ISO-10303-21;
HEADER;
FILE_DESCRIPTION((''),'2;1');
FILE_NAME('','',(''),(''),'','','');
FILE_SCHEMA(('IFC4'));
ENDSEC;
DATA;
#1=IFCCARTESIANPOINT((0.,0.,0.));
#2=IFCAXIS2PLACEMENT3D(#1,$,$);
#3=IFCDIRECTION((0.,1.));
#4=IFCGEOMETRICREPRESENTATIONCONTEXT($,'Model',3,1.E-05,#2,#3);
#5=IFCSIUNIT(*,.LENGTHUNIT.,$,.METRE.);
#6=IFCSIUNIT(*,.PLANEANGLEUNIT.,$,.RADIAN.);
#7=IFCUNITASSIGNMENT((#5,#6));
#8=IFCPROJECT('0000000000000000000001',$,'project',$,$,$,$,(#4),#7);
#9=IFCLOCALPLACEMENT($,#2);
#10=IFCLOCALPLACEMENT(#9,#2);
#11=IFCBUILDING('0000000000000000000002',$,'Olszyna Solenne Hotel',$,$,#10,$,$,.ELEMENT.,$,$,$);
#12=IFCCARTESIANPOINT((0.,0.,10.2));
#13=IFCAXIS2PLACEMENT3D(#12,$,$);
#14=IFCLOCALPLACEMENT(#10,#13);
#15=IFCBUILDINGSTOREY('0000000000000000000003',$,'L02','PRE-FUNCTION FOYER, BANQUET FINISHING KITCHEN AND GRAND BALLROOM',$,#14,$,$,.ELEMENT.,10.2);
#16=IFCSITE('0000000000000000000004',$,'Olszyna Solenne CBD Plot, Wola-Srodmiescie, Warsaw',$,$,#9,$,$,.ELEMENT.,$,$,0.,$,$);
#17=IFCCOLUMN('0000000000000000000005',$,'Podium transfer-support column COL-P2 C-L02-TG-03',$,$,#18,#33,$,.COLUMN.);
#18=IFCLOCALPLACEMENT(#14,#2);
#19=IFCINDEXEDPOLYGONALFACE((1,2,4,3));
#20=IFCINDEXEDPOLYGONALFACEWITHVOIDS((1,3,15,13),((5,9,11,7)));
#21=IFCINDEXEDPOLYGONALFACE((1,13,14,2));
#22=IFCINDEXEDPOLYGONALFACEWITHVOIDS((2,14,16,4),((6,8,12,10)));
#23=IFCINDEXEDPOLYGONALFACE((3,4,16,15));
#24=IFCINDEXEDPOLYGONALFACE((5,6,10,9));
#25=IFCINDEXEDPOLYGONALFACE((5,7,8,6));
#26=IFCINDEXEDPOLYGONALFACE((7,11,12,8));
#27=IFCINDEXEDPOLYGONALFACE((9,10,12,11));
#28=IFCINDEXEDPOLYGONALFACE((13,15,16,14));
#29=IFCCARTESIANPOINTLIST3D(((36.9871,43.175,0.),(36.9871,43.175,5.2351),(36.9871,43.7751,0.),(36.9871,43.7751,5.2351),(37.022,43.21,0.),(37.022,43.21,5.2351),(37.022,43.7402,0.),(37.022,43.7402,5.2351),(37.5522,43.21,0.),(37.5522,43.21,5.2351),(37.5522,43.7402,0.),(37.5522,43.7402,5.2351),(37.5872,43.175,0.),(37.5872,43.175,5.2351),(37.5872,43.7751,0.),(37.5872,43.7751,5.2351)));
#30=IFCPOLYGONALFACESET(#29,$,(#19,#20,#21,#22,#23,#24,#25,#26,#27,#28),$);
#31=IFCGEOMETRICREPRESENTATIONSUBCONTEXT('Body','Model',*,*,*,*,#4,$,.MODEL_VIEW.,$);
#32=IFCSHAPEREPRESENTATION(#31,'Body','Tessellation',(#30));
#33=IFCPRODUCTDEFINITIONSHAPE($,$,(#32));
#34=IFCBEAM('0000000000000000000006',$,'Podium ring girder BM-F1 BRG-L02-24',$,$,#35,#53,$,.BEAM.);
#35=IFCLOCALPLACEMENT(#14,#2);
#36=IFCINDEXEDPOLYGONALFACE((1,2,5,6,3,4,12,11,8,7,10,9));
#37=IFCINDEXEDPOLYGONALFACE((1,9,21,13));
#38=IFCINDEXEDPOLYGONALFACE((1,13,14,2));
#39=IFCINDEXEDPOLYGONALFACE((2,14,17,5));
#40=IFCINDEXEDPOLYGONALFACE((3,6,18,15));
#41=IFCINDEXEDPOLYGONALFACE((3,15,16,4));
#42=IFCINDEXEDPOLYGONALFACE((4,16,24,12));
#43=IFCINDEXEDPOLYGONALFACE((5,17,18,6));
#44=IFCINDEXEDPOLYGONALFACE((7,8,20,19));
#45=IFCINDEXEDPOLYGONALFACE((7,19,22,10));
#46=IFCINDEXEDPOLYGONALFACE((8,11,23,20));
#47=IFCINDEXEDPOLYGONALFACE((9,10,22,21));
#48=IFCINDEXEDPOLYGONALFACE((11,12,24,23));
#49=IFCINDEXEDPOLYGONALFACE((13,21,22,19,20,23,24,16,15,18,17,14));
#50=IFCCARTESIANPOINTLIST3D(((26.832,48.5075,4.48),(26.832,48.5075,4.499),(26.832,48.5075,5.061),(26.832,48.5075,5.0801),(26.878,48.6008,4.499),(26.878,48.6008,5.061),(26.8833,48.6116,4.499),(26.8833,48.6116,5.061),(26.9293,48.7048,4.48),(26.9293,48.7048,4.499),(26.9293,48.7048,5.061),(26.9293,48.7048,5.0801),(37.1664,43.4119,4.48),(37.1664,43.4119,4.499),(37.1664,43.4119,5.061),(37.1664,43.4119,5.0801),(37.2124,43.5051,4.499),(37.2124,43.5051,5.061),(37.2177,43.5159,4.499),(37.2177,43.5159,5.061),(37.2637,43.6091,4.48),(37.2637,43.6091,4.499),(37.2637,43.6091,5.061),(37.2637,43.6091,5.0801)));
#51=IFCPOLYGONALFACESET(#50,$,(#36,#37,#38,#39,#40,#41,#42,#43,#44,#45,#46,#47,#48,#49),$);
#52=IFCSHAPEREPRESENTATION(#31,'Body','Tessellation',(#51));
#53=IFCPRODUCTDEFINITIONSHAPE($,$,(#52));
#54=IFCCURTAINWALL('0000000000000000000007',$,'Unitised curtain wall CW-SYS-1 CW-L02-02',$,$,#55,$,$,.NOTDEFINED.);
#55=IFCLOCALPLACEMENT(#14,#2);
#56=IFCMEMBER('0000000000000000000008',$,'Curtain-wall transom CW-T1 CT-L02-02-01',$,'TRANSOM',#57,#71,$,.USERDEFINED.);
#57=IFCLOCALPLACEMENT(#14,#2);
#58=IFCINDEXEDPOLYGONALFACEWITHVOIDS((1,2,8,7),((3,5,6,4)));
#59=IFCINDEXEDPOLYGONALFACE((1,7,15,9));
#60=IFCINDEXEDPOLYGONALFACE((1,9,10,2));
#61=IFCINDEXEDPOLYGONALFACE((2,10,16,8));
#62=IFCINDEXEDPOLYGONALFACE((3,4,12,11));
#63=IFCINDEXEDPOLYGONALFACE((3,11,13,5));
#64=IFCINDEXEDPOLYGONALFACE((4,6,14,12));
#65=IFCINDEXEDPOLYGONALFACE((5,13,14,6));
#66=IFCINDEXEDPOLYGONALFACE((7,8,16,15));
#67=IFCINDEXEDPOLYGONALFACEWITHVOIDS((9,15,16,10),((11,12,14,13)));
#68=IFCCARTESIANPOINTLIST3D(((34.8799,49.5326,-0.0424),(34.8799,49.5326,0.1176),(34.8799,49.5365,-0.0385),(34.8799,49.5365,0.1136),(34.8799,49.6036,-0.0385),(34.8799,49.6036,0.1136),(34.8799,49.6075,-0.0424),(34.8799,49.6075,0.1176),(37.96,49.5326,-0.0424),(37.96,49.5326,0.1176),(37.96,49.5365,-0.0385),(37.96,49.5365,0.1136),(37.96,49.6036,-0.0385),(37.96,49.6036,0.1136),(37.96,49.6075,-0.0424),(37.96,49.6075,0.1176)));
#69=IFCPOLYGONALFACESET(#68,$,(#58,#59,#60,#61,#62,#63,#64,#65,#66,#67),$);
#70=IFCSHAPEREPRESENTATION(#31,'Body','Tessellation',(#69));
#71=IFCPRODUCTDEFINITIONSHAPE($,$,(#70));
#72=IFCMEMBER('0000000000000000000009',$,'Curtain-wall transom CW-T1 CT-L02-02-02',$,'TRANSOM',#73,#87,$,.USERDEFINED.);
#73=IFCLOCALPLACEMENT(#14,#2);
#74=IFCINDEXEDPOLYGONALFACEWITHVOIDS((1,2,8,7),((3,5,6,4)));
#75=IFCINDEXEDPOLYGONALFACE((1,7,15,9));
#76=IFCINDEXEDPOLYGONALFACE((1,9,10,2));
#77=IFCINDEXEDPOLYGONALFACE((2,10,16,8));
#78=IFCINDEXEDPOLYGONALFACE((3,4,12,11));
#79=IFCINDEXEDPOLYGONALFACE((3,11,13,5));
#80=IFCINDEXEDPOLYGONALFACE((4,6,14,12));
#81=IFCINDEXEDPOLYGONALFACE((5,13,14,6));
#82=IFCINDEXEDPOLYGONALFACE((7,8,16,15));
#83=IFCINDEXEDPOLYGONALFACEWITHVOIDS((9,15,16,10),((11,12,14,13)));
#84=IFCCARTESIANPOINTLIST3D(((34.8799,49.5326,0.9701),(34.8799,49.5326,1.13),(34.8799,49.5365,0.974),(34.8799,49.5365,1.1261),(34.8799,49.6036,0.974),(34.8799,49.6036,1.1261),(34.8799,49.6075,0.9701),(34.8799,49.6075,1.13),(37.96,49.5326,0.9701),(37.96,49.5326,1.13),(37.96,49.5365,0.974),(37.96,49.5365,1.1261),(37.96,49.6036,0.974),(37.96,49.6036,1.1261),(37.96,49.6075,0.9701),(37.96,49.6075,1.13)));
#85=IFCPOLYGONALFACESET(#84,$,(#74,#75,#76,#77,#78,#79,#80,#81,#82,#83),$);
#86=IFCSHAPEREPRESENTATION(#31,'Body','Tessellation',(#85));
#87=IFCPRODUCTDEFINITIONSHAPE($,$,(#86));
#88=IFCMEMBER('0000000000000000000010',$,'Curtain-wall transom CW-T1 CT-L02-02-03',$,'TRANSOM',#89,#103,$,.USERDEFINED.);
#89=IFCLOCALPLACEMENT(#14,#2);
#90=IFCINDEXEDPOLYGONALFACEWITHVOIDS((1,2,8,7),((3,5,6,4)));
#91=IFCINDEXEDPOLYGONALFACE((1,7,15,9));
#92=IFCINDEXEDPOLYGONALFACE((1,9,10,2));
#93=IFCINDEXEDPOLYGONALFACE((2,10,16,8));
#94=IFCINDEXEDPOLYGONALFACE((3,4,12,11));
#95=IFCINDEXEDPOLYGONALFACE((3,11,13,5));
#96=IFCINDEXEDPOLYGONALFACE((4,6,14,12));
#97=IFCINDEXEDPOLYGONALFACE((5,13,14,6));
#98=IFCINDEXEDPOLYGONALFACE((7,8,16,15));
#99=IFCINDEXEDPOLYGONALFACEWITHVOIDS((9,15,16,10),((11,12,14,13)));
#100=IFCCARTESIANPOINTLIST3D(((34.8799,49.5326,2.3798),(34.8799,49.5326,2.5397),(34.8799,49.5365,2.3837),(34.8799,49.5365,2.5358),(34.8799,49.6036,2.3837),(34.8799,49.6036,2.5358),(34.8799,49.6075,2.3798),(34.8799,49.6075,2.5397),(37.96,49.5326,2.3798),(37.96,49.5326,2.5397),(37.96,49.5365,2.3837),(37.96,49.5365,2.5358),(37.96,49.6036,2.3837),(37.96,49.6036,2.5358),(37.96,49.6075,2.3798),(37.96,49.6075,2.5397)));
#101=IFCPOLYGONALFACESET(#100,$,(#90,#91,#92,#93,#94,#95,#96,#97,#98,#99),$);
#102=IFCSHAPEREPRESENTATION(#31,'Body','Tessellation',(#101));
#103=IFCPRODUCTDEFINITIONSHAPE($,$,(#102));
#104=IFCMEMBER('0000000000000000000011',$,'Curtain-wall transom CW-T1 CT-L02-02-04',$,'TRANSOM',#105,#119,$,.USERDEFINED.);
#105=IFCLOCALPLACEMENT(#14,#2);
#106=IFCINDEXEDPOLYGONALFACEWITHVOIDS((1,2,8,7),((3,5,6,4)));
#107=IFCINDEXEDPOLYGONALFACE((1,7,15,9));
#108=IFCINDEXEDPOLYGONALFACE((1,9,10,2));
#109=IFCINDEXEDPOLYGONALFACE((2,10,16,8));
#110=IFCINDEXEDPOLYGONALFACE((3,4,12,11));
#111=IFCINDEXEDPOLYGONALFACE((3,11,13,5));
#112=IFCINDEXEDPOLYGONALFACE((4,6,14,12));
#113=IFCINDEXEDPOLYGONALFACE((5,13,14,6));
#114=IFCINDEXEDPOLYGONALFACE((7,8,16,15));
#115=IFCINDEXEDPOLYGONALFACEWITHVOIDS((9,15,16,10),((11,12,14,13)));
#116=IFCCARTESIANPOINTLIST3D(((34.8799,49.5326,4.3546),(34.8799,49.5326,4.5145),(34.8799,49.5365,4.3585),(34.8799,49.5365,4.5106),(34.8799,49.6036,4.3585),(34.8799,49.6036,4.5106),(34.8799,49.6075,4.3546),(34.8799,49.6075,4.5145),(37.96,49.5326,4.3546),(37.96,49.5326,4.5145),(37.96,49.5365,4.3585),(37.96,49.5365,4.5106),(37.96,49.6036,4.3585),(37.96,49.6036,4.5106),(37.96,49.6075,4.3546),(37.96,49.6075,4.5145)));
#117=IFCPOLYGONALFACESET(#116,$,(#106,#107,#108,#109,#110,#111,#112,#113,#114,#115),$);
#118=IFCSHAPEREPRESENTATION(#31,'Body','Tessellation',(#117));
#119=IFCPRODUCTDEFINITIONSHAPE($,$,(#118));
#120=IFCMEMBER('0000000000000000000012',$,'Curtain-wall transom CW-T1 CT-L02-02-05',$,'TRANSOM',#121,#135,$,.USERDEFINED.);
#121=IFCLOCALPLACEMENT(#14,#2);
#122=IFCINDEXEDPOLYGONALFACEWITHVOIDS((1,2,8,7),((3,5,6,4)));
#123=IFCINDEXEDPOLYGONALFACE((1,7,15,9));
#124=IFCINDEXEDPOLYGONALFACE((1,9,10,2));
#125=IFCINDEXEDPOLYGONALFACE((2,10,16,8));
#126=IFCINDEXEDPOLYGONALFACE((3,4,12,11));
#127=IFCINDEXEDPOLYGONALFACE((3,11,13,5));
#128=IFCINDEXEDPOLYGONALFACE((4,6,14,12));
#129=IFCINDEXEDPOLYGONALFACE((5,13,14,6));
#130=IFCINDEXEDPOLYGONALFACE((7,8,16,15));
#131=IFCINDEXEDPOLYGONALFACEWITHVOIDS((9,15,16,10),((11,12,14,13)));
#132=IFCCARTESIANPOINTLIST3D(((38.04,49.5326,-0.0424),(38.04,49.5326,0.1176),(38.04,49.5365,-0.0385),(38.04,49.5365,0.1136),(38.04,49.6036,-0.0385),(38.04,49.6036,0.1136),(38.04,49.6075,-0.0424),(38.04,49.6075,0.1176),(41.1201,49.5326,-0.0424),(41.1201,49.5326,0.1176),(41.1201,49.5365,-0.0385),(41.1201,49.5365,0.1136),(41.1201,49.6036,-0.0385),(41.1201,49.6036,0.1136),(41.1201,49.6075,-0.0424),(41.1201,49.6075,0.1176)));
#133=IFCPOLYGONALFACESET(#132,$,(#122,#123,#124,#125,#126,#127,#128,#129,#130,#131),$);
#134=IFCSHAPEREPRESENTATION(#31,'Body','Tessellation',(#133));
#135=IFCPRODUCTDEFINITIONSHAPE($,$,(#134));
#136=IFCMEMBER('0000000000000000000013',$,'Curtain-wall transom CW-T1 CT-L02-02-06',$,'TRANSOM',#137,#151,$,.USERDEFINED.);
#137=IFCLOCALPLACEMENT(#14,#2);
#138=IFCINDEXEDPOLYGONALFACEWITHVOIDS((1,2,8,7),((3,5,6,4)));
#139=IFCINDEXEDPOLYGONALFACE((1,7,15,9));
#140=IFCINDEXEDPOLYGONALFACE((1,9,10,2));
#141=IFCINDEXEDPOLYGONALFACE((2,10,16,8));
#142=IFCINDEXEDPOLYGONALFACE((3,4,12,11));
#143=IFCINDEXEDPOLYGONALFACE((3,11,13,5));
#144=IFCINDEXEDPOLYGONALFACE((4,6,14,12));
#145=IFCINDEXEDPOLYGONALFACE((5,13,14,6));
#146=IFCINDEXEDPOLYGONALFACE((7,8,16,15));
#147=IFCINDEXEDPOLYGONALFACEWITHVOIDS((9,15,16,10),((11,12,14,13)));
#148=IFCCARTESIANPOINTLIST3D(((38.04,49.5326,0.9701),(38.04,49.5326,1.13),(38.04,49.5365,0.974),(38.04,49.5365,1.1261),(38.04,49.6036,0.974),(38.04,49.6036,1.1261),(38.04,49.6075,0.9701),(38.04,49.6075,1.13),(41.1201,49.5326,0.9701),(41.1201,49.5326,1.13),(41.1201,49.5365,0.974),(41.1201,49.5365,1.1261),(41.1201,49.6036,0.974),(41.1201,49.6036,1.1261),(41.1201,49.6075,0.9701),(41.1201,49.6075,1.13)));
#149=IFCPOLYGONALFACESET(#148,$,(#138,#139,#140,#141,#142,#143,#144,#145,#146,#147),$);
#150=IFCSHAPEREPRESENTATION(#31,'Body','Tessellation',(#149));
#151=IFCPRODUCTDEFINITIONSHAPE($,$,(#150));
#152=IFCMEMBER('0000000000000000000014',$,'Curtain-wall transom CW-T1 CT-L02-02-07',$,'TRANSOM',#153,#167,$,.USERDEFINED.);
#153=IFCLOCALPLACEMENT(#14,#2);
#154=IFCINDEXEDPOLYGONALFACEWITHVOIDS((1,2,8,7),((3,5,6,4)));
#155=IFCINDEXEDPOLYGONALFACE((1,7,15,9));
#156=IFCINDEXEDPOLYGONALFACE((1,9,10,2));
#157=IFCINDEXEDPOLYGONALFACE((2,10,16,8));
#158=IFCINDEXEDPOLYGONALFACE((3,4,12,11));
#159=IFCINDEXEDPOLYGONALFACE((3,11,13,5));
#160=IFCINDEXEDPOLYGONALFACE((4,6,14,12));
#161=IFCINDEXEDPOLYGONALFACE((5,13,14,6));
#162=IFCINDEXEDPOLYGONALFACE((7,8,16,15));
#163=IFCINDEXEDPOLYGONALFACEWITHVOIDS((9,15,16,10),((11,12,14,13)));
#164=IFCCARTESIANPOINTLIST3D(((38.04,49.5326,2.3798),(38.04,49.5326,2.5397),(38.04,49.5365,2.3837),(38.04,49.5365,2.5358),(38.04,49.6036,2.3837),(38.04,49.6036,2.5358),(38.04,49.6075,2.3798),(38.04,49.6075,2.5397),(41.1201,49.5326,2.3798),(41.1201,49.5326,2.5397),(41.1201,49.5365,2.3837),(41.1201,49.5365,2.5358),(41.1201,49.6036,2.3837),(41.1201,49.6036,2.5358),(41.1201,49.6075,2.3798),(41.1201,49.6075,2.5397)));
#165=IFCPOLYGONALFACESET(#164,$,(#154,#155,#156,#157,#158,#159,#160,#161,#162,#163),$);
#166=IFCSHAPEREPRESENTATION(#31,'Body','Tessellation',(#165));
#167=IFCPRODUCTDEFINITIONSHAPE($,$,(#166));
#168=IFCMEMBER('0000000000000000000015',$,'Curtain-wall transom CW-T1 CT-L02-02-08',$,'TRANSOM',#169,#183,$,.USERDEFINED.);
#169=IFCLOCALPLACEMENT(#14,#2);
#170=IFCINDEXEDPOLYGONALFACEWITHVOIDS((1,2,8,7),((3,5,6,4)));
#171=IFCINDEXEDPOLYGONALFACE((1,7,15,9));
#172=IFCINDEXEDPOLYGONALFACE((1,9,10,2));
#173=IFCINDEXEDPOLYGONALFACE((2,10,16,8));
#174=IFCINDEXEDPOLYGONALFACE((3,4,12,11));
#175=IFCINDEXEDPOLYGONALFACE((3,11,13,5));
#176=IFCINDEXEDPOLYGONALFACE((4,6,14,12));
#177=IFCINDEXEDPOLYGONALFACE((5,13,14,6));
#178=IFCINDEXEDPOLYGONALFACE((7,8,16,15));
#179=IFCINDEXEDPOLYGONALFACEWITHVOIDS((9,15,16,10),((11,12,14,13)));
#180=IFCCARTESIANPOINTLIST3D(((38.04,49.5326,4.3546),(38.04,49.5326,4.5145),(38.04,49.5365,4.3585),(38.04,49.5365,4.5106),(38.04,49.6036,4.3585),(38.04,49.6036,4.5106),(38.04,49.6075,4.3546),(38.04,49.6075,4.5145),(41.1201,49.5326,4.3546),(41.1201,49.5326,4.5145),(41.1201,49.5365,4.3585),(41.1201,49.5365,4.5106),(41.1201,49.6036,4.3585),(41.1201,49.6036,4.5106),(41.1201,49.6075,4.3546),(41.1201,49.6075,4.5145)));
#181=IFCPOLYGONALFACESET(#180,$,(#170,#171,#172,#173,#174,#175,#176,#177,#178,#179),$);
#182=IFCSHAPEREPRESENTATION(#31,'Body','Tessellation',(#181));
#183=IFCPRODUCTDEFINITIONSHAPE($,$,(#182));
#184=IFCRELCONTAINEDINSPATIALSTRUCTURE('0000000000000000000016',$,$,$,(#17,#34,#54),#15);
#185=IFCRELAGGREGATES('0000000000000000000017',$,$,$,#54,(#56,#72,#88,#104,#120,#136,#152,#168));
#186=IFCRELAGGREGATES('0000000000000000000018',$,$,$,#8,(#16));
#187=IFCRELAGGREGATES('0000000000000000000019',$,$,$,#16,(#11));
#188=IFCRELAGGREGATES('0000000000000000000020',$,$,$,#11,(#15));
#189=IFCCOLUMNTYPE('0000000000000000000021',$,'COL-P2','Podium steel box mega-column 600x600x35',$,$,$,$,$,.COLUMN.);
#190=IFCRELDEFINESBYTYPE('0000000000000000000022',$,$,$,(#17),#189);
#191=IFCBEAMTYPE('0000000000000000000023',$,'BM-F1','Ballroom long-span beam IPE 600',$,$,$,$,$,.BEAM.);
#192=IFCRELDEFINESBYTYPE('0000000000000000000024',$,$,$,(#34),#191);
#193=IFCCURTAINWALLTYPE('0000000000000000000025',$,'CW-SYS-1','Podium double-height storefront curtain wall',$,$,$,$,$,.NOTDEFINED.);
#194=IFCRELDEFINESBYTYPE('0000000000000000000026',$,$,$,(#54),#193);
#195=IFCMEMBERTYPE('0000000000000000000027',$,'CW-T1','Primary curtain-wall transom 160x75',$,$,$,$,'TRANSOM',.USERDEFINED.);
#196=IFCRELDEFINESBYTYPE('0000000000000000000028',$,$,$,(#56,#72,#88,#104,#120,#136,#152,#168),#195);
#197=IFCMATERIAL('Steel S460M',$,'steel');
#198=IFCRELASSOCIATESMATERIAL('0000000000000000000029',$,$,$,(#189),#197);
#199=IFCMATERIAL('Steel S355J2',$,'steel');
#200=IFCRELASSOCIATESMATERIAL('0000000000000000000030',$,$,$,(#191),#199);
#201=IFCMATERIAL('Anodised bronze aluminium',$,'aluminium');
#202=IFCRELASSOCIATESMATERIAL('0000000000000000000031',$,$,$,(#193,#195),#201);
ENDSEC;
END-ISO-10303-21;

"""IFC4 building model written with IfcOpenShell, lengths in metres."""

from ifc_helpers import new_model, si_unit, direction, frame, origin, origin_2d, place, context, subcontext, project, spatial, hollow_rectangle, i_section, extrude, source, transform, mapped, material, material_profile, profile_set, type_object, element, aggregate, save


model = new_model("IFC4")

# Units and contexts
model_context = context("Model", 3, precision=1e-05, world=origin(), true_north=direction((0.0, 1.0)))
body_context = subcontext(model_context, "Body", "Model", "MODEL_VIEW")
ifc_project = project(units=[si_unit("LENGTHUNIT", "METRE"), si_unit("PLANEANGLEUNIT", "RADIAN")], contexts=[model_context])

# Site, building, storey
site_placement = place(None, origin())
site = spatial("IfcSite", under=ifc_project, at=site_placement, Name="Olszyna Solenne CBD Plot, Wola-Srodmiescie, Warsaw", CompositionType="ELEMENT", RefElevation=0.0)
building_placement = place(site_placement, origin())
building = spatial("IfcBuilding", under=site, at=building_placement, Name="Olszyna Solenne Hotel", CompositionType="ELEMENT")
storey_placement = place(building_placement, frame((0.0, 0.0, 10.2)))
storey = spatial("IfcBuildingStorey", under=building, at=storey_placement, Name="L02", Description="PRE-FUNCTION FOYER, BANQUET FINISHING KITCHEN AND GRAND BALLROOM", CompositionType="ELEMENT", Elevation=10.2)

# Column
ifc_material_1 = material(Name="Steel S460M", Category="steel")
ifc_material_profile_1 = material_profile(ifc_material_1, hollow_rectangle(XDim=0.6001, YDim=0.6001, WallThickness=0.0349, at=origin_2d()), Name="SHS 600x600x35", Category="load-bearing")
ifc_profile_set_1 = profile_set([ifc_material_profile_1], Name="Steel S460M")
column_type = type_object("IfcColumnType", Name="COL-P2", Description="Podium steel box mega-column 600x600x35", PredefinedType="COLUMN", material=ifc_profile_set_1)
shared_shape_1 = source(origin(), body_context, "Body", "SweptSolid", [
    extrude(hollow_rectangle(XDim=0.6001, YDim=0.6001, WallThickness=0.0349, at=origin_2d()), origin(), (0.0, 0.0, 1.0), 5.2351),
])
column_placement = place(storey_placement, frame((37.2871, 43.4751, 0.0), z_axis=(0.0, 0.0, 1.0), x_axis=(1.0, 0.0, 0.0)))
element("IfcColumn", 1, at=column_placement, inside=storey, type_object=column_type, Name="Podium transfer-support column COL-P2 C-L02-TG-03", PredefinedType="COLUMN", context=body_context, shape_type="MappedRepresentation", body=[
    mapped(shared_shape_1, transform((0.0, 0.0, 0.0), x_axis=(1.0, 0.0, 0.0), y_axis=(0.0, 1.0, 0.0), z_axis=(0.0, 0.0, 1.0), scale=1.0)),
])

# Beam
ifc_material_2 = material(Name="Steel S355J2", Category="steel")
ifc_material_profile_2 = material_profile(ifc_material_2, i_section(OverallWidth=0.22, OverallDepth=0.6001, WebThickness=0.012, FlangeThickness=0.019, at=origin_2d()), Name="IPE 600", Category="load-bearing")
ifc_profile_set_2 = profile_set([ifc_material_profile_2], Name="Steel S355J2")
beam_type_1 = type_object("IfcBeamType", Name="BM-F1", Description="Ballroom long-span beam IPE 600", PredefinedType="BEAM", material=ifc_profile_set_2)
shared_shape_2 = source(origin(), body_context, "Body", "SweptSolid", [
    extrude(i_section(OverallWidth=0.22, OverallDepth=0.6001, WebThickness=0.012, FlangeThickness=0.019, at=origin_2d()), origin(), (0.0, 0.0, 1.0), 11.5225),
])
beam_placement = place(storey_placement, frame((37.2151, 43.5105, 4.78), z_axis=(-0.896897, 0.44224, 0.0), x_axis=(-0.44224, -0.896897, 0.0)))
element("IfcBeam", 2, at=beam_placement, inside=storey, type_object=beam_type_1, Name="Podium ring girder BM-F1 BRG-L02-24", PredefinedType="BEAM", context=body_context, shape_type="MappedRepresentation", body=[
    mapped(shared_shape_2, transform((0.0, 0.0, 0.0), x_axis=(1.0, 0.0, 0.0), y_axis=(0.0, 1.0, 0.0), z_axis=(0.0, 0.0, 1.0), scale=1.0)),
])

# Curtain wall, members
ifc_material_3 = material(Name="Anodised bronze aluminium", Category="aluminium")
curtain_wall_type = type_object("IfcCurtainWallType", Name="CW-SYS-1", Description="Podium double-height storefront curtain wall", PredefinedType="NOTDEFINED", material=ifc_material_3)
curtain_wall_placement = place(storey_placement, origin())
curtain_wall = element("IfcCurtainWall", 3, at=curtain_wall_placement, inside=storey, type_object=curtain_wall_type, Name="Unitised curtain wall CW-SYS-1 CW-L02-02", PredefinedType="NOTDEFINED")
ifc_material_profile_3 = material_profile(ifc_material_3, hollow_rectangle(XDim=0.075, YDim=0.1599, WallThickness=0.0039, at=origin_2d()), Name="TRAN 160x75x4", Category="load-bearing")
ifc_profile_set_3 = profile_set([ifc_material_profile_3], Name="Anodised bronze aluminium")
member_type_1 = type_object("IfcMemberType", Name="CW-T1", Description="Primary curtain-wall transom 160x75", ElementType="TRANSOM", PredefinedType="USERDEFINED", material=ifc_profile_set_3)
shared_shape_3 = source(origin(), body_context, "Body", "SweptSolid", [
    extrude(hollow_rectangle(XDim=0.075, YDim=0.1599, WallThickness=0.0039, at=origin_2d()), origin(), (0.0, 0.0, 1.0), 3.0801),
])
member_1_placement = place(storey_placement, frame((34.8799, 49.5701, 0.0376), z_axis=(1.0, 0.0, 0.0), x_axis=(0.0, 1.0, 0.0)))
member_1 = element("IfcMember", 4, at=member_1_placement, type_object=member_type_1, Name="Curtain-wall transom CW-T1 CT-L02-02-01", ObjectType="TRANSOM", PredefinedType="USERDEFINED", context=body_context, shape_type="MappedRepresentation", body=[
    mapped(shared_shape_3, transform((0.0, 0.0, 0.0), x_axis=(1.0, 0.0, 0.0), y_axis=(0.0, 1.0, 0.0), z_axis=(0.0, 0.0, 1.0), scale=1.0)),
])
member_2_placement = place(storey_placement, frame((34.8799, 49.5701, 1.05), z_axis=(1.0, 0.0, 0.0), x_axis=(0.0, 1.0, 0.0)))
member_2 = element("IfcMember", 5, at=member_2_placement, type_object=member_type_1, Name="Curtain-wall transom CW-T1 CT-L02-02-02", ObjectType="TRANSOM", PredefinedType="USERDEFINED", context=body_context, shape_type="MappedRepresentation", body=[
    mapped(shared_shape_3, transform((0.0, 0.0, 0.0), x_axis=(1.0, 0.0, 0.0), y_axis=(0.0, 1.0, 0.0), z_axis=(0.0, 0.0, 1.0), scale=1.0)),
])
member_3_placement = place(storey_placement, frame((34.8799, 49.5701, 2.4597), z_axis=(1.0, 0.0, 0.0), x_axis=(0.0, 1.0, 0.0)))
member_3 = element("IfcMember", 6, at=member_3_placement, type_object=member_type_1, Name="Curtain-wall transom CW-T1 CT-L02-02-03", ObjectType="TRANSOM", PredefinedType="USERDEFINED", context=body_context, shape_type="MappedRepresentation", body=[
    mapped(shared_shape_3, transform((0.0, 0.0, 0.0), x_axis=(1.0, 0.0, 0.0), y_axis=(0.0, 1.0, 0.0), z_axis=(0.0, 0.0, 1.0), scale=1.0)),
])
member_4_placement = place(storey_placement, frame((34.8799, 49.5701, 4.4346), z_axis=(1.0, 0.0, 0.0), x_axis=(0.0, 1.0, 0.0)))
member_4 = element("IfcMember", 7, at=member_4_placement, type_object=member_type_1, Name="Curtain-wall transom CW-T1 CT-L02-02-04", ObjectType="TRANSOM", PredefinedType="USERDEFINED", context=body_context, shape_type="MappedRepresentation", body=[
    mapped(shared_shape_3, transform((0.0, 0.0, 0.0), x_axis=(1.0, 0.0, 0.0), y_axis=(0.0, 1.0, 0.0), z_axis=(0.0, 0.0, 1.0), scale=1.0)),
])
member_5_placement = place(storey_placement, frame((38.04, 49.5701, 0.0376), z_axis=(1.0, 0.0, 0.0), x_axis=(0.0, 1.0, 0.0)))
member_5 = element("IfcMember", 8, at=member_5_placement, type_object=member_type_1, Name="Curtain-wall transom CW-T1 CT-L02-02-05", ObjectType="TRANSOM", PredefinedType="USERDEFINED", context=body_context, shape_type="MappedRepresentation", body=[
    mapped(shared_shape_3, transform((0.0, 0.0, 0.0), x_axis=(1.0, 0.0, 0.0), y_axis=(0.0, 1.0, 0.0), z_axis=(0.0, 0.0, 1.0), scale=1.0)),
])
member_6_placement = place(storey_placement, frame((38.04, 49.5701, 1.05), z_axis=(1.0, 0.0, 0.0), x_axis=(0.0, 1.0, 0.0)))
member_6 = element("IfcMember", 9, at=member_6_placement, type_object=member_type_1, Name="Curtain-wall transom CW-T1 CT-L02-02-06", ObjectType="TRANSOM", PredefinedType="USERDEFINED", context=body_context, shape_type="MappedRepresentation", body=[
    mapped(shared_shape_3, transform((0.0, 0.0, 0.0), x_axis=(1.0, 0.0, 0.0), y_axis=(0.0, 1.0, 0.0), z_axis=(0.0, 0.0, 1.0), scale=1.0)),
])
member_7_placement = place(storey_placement, frame((38.04, 49.5701, 2.4597), z_axis=(1.0, 0.0, 0.0), x_axis=(0.0, 1.0, 0.0)))
member_7 = element("IfcMember", 10, at=member_7_placement, type_object=member_type_1, Name="Curtain-wall transom CW-T1 CT-L02-02-07", ObjectType="TRANSOM", PredefinedType="USERDEFINED", context=body_context, shape_type="MappedRepresentation", body=[
    mapped(shared_shape_3, transform((0.0, 0.0, 0.0), x_axis=(1.0, 0.0, 0.0), y_axis=(0.0, 1.0, 0.0), z_axis=(0.0, 0.0, 1.0), scale=1.0)),
])
member_8_placement = place(storey_placement, frame((38.04, 49.5701, 4.4346), z_axis=(1.0, 0.0, 0.0), x_axis=(0.0, 1.0, 0.0)))
member_8 = element("IfcMember", 11, at=member_8_placement, type_object=member_type_1, Name="Curtain-wall transom CW-T1 CT-L02-02-08", ObjectType="TRANSOM", PredefinedType="USERDEFINED", context=body_context, shape_type="MappedRepresentation", body=[
    mapped(shared_shape_3, transform((0.0, 0.0, 0.0), x_axis=(1.0, 0.0, 0.0), y_axis=(0.0, 1.0, 0.0), z_axis=(0.0, 0.0, 1.0), scale=1.0)),
])

aggregate(curtain_wall, [member_1, member_2, member_3, member_4, member_5, member_6, member_7, member_8])

save(model, "model.ifc")
